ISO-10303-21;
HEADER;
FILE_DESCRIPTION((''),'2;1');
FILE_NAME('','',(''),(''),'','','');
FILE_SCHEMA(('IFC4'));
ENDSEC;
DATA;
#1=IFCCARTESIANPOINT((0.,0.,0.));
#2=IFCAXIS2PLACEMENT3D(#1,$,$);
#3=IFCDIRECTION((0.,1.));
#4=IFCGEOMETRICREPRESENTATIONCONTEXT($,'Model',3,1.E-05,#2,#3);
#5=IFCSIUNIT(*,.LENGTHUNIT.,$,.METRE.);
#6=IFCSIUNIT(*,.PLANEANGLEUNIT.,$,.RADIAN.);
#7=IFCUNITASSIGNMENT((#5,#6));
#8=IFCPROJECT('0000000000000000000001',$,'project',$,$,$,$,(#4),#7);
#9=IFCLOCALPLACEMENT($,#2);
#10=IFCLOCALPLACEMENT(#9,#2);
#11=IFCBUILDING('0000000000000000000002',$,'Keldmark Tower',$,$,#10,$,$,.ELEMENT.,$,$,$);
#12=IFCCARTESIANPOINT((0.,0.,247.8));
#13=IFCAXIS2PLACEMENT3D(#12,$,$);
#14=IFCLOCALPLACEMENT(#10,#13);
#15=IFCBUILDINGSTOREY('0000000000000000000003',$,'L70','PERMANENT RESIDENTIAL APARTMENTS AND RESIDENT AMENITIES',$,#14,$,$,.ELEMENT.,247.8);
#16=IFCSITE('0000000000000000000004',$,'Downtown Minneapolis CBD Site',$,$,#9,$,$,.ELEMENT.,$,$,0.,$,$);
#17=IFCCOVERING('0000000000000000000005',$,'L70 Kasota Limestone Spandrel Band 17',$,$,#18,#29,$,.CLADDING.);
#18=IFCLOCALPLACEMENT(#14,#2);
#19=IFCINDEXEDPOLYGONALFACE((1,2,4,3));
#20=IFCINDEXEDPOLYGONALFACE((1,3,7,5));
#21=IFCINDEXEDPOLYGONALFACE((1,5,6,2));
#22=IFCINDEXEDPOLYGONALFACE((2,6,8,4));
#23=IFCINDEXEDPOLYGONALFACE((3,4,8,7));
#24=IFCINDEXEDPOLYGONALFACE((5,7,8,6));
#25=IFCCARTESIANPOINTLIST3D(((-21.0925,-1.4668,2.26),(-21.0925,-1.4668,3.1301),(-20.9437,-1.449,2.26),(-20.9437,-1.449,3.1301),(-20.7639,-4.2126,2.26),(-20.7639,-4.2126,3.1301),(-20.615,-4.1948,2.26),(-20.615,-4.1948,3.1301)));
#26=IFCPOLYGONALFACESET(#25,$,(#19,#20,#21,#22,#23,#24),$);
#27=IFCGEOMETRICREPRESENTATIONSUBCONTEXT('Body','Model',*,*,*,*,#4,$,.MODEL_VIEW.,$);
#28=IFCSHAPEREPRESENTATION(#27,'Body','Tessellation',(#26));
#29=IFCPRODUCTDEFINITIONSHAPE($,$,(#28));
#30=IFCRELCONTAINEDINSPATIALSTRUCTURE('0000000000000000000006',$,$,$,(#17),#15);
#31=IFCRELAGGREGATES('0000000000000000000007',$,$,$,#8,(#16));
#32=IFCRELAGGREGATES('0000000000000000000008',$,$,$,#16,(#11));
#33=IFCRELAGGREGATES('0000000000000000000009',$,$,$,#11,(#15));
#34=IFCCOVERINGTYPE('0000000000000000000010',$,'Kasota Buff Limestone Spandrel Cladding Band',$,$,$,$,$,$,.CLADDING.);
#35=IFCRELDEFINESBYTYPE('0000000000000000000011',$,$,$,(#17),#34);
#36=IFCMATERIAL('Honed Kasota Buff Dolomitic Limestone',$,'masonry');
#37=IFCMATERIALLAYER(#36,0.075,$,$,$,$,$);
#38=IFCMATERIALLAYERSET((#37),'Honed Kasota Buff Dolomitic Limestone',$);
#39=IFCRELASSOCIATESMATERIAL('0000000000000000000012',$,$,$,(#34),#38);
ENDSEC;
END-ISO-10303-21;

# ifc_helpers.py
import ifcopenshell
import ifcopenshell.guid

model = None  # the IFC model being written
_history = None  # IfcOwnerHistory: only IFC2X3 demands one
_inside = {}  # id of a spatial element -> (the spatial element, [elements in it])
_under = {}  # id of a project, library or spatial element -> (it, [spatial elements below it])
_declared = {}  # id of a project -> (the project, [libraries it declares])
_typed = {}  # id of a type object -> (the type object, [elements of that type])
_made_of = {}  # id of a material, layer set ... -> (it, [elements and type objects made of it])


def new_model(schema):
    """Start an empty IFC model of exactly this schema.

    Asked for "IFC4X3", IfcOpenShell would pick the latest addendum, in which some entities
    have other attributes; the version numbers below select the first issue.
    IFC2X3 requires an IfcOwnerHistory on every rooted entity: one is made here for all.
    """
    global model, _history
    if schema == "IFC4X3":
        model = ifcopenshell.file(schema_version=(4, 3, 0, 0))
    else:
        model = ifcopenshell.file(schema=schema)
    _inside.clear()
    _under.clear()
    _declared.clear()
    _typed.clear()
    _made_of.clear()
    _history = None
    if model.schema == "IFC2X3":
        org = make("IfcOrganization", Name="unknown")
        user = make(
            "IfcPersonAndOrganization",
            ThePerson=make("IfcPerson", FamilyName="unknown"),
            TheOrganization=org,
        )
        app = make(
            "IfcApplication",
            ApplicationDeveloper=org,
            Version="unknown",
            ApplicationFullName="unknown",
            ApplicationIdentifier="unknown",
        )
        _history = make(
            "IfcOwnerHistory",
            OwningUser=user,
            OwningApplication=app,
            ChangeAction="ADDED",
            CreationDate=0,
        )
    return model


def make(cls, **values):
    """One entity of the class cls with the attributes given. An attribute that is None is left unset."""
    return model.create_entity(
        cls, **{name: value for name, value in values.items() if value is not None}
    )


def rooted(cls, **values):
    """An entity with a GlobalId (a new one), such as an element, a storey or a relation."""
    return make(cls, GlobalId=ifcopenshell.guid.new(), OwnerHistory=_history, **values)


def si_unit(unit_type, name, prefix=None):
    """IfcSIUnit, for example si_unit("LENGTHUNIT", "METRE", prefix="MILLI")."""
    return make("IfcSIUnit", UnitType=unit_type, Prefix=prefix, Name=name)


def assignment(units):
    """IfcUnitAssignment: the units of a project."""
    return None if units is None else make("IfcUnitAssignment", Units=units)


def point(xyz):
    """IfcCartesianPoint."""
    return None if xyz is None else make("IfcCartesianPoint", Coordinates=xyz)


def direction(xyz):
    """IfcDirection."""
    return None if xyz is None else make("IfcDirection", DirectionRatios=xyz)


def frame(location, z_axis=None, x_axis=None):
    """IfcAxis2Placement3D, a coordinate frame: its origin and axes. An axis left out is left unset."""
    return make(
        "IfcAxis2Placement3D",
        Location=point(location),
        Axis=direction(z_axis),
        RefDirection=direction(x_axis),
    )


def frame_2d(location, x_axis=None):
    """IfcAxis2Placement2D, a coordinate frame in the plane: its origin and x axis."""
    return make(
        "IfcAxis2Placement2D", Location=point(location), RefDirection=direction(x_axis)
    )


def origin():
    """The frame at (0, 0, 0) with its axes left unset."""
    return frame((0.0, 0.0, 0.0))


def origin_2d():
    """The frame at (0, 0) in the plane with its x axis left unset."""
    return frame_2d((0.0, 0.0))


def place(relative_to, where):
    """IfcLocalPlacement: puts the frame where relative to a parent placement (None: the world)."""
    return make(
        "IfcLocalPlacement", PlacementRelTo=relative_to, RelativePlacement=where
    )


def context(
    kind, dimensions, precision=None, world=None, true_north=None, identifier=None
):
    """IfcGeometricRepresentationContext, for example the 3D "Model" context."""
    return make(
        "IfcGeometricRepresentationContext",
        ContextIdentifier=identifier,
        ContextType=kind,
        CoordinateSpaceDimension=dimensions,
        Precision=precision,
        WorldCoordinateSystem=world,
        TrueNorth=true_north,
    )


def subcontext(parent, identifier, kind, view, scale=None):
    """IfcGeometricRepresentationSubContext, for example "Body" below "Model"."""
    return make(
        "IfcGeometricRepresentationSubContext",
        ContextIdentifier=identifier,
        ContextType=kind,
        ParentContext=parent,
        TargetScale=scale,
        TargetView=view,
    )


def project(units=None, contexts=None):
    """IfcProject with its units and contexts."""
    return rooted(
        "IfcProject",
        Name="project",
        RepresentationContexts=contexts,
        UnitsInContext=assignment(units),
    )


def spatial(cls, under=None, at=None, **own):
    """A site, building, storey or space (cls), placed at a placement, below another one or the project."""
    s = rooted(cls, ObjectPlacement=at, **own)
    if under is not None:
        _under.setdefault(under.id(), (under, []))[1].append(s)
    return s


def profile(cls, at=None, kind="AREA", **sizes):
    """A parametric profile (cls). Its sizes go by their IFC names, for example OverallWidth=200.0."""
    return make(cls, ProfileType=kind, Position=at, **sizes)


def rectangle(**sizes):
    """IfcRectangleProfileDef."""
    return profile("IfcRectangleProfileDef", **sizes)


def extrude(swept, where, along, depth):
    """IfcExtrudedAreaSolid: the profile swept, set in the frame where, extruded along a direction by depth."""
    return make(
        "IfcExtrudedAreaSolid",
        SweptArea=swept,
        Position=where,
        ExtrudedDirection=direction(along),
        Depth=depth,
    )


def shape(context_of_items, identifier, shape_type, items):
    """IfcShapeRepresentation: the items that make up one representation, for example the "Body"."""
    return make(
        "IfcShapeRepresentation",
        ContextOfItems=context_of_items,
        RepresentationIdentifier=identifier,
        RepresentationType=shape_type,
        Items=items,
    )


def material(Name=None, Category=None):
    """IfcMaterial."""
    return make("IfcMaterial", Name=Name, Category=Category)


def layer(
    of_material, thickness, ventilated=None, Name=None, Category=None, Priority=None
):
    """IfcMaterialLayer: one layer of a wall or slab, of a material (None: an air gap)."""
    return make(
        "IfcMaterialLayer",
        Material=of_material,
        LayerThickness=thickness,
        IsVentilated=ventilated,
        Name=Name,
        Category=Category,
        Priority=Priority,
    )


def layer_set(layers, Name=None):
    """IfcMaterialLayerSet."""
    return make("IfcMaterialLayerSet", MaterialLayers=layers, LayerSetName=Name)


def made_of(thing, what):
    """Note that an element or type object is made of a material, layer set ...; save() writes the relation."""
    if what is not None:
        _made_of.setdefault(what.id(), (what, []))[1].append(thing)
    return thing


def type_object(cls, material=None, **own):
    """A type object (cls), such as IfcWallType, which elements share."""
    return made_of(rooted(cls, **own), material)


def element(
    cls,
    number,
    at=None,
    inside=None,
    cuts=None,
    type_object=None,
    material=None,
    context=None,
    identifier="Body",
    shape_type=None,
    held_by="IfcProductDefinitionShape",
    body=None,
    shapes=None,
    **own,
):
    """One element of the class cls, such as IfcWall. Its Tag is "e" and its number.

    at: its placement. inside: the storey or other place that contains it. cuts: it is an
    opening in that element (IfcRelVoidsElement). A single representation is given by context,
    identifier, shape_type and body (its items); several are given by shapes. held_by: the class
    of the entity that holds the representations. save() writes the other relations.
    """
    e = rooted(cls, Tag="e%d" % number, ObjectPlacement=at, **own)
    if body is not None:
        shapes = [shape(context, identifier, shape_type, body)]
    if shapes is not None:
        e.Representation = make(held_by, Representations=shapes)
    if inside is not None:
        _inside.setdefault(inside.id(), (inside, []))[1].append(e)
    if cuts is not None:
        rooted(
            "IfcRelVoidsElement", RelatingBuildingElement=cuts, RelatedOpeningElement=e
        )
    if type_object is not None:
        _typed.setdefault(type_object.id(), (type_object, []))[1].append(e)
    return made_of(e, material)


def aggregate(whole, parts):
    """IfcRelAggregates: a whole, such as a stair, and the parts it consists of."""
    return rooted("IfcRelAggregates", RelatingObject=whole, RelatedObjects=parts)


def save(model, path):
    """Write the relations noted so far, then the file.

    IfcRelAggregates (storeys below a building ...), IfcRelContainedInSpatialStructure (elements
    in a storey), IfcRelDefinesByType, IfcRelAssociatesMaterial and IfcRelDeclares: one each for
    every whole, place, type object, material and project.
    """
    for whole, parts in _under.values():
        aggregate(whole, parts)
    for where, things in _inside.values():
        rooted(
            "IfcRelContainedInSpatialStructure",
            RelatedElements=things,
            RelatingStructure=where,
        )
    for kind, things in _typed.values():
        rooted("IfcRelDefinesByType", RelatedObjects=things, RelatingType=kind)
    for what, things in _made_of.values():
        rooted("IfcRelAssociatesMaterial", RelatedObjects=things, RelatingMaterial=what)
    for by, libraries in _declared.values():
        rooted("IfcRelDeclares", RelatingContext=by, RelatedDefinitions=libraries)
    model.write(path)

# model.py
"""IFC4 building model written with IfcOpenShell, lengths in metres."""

from ifc_helpers import new_model, si_unit, direction, frame, origin, origin_2d, place, context, subcontext, project, spatial, rectangle, extrude, material, layer, layer_set, type_object, element, save


model = new_model("IFC4")

# Units and contexts
model_context = context("Model", 3, precision=1e-05, world=origin(), true_north=direction((0.0, 1.0)))
body_context = subcontext(model_context, "Body", "Model", "MODEL_VIEW")
ifc_project = project(units=[si_unit("LENGTHUNIT", "METRE"), si_unit("PLANEANGLEUNIT", "RADIAN")], contexts=[model_context])

# Site, building, storey
site_placement = place(None, origin())
site = spatial("IfcSite", under=ifc_project, at=site_placement, Name="Downtown Minneapolis CBD Site", CompositionType="ELEMENT", RefElevation=0.0)
building_placement = place(site_placement, origin())
building = spatial("IfcBuilding", under=site, at=building_placement, Name="Keldmark Tower", CompositionType="ELEMENT")
storey_placement = place(building_placement, frame((0.0, 0.0, 247.8)))
storey = spatial("IfcBuildingStorey", under=building, at=storey_placement, Name="L70", Description="PERMANENT RESIDENTIAL APARTMENTS AND RESIDENT AMENITIES", CompositionType="ELEMENT", Elevation=247.8)

# Covering
ifc_material_1 = material(Name="Honed Kasota Buff Dolomitic Limestone", Category="masonry")
ifc_layer_1 = layer(ifc_material_1, 0.075)
ifc_layer_set_1 = layer_set([ifc_layer_1], Name="Honed Kasota Buff Dolomitic Limestone")
covering_type = type_object("IfcCoveringType", Name="Kasota Buff Limestone Spandrel Cladding Band", PredefinedType="CLADDING", material=ifc_layer_set_1)
covering_placement = place(storey_placement, frame((-20.8538, -2.8308, 2.26), z_axis=(0.0, 0.0, 1.0), x_axis=(0.118837, -0.992914, 0.0)))
element("IfcCovering", 1, at=covering_placement, inside=storey, type_object=covering_type, Name="L70 Kasota Limestone Spandrel Band 17", PredefinedType="CLADDING", context=body_context, shape_type="SweptSolid", body=[
    extrude(rectangle(XDim=2.7654, YDim=0.1499, at=origin_2d()), origin(), (0.0, 0.0, 1.0), 0.8701),
])

save(model, "model.ifc")
